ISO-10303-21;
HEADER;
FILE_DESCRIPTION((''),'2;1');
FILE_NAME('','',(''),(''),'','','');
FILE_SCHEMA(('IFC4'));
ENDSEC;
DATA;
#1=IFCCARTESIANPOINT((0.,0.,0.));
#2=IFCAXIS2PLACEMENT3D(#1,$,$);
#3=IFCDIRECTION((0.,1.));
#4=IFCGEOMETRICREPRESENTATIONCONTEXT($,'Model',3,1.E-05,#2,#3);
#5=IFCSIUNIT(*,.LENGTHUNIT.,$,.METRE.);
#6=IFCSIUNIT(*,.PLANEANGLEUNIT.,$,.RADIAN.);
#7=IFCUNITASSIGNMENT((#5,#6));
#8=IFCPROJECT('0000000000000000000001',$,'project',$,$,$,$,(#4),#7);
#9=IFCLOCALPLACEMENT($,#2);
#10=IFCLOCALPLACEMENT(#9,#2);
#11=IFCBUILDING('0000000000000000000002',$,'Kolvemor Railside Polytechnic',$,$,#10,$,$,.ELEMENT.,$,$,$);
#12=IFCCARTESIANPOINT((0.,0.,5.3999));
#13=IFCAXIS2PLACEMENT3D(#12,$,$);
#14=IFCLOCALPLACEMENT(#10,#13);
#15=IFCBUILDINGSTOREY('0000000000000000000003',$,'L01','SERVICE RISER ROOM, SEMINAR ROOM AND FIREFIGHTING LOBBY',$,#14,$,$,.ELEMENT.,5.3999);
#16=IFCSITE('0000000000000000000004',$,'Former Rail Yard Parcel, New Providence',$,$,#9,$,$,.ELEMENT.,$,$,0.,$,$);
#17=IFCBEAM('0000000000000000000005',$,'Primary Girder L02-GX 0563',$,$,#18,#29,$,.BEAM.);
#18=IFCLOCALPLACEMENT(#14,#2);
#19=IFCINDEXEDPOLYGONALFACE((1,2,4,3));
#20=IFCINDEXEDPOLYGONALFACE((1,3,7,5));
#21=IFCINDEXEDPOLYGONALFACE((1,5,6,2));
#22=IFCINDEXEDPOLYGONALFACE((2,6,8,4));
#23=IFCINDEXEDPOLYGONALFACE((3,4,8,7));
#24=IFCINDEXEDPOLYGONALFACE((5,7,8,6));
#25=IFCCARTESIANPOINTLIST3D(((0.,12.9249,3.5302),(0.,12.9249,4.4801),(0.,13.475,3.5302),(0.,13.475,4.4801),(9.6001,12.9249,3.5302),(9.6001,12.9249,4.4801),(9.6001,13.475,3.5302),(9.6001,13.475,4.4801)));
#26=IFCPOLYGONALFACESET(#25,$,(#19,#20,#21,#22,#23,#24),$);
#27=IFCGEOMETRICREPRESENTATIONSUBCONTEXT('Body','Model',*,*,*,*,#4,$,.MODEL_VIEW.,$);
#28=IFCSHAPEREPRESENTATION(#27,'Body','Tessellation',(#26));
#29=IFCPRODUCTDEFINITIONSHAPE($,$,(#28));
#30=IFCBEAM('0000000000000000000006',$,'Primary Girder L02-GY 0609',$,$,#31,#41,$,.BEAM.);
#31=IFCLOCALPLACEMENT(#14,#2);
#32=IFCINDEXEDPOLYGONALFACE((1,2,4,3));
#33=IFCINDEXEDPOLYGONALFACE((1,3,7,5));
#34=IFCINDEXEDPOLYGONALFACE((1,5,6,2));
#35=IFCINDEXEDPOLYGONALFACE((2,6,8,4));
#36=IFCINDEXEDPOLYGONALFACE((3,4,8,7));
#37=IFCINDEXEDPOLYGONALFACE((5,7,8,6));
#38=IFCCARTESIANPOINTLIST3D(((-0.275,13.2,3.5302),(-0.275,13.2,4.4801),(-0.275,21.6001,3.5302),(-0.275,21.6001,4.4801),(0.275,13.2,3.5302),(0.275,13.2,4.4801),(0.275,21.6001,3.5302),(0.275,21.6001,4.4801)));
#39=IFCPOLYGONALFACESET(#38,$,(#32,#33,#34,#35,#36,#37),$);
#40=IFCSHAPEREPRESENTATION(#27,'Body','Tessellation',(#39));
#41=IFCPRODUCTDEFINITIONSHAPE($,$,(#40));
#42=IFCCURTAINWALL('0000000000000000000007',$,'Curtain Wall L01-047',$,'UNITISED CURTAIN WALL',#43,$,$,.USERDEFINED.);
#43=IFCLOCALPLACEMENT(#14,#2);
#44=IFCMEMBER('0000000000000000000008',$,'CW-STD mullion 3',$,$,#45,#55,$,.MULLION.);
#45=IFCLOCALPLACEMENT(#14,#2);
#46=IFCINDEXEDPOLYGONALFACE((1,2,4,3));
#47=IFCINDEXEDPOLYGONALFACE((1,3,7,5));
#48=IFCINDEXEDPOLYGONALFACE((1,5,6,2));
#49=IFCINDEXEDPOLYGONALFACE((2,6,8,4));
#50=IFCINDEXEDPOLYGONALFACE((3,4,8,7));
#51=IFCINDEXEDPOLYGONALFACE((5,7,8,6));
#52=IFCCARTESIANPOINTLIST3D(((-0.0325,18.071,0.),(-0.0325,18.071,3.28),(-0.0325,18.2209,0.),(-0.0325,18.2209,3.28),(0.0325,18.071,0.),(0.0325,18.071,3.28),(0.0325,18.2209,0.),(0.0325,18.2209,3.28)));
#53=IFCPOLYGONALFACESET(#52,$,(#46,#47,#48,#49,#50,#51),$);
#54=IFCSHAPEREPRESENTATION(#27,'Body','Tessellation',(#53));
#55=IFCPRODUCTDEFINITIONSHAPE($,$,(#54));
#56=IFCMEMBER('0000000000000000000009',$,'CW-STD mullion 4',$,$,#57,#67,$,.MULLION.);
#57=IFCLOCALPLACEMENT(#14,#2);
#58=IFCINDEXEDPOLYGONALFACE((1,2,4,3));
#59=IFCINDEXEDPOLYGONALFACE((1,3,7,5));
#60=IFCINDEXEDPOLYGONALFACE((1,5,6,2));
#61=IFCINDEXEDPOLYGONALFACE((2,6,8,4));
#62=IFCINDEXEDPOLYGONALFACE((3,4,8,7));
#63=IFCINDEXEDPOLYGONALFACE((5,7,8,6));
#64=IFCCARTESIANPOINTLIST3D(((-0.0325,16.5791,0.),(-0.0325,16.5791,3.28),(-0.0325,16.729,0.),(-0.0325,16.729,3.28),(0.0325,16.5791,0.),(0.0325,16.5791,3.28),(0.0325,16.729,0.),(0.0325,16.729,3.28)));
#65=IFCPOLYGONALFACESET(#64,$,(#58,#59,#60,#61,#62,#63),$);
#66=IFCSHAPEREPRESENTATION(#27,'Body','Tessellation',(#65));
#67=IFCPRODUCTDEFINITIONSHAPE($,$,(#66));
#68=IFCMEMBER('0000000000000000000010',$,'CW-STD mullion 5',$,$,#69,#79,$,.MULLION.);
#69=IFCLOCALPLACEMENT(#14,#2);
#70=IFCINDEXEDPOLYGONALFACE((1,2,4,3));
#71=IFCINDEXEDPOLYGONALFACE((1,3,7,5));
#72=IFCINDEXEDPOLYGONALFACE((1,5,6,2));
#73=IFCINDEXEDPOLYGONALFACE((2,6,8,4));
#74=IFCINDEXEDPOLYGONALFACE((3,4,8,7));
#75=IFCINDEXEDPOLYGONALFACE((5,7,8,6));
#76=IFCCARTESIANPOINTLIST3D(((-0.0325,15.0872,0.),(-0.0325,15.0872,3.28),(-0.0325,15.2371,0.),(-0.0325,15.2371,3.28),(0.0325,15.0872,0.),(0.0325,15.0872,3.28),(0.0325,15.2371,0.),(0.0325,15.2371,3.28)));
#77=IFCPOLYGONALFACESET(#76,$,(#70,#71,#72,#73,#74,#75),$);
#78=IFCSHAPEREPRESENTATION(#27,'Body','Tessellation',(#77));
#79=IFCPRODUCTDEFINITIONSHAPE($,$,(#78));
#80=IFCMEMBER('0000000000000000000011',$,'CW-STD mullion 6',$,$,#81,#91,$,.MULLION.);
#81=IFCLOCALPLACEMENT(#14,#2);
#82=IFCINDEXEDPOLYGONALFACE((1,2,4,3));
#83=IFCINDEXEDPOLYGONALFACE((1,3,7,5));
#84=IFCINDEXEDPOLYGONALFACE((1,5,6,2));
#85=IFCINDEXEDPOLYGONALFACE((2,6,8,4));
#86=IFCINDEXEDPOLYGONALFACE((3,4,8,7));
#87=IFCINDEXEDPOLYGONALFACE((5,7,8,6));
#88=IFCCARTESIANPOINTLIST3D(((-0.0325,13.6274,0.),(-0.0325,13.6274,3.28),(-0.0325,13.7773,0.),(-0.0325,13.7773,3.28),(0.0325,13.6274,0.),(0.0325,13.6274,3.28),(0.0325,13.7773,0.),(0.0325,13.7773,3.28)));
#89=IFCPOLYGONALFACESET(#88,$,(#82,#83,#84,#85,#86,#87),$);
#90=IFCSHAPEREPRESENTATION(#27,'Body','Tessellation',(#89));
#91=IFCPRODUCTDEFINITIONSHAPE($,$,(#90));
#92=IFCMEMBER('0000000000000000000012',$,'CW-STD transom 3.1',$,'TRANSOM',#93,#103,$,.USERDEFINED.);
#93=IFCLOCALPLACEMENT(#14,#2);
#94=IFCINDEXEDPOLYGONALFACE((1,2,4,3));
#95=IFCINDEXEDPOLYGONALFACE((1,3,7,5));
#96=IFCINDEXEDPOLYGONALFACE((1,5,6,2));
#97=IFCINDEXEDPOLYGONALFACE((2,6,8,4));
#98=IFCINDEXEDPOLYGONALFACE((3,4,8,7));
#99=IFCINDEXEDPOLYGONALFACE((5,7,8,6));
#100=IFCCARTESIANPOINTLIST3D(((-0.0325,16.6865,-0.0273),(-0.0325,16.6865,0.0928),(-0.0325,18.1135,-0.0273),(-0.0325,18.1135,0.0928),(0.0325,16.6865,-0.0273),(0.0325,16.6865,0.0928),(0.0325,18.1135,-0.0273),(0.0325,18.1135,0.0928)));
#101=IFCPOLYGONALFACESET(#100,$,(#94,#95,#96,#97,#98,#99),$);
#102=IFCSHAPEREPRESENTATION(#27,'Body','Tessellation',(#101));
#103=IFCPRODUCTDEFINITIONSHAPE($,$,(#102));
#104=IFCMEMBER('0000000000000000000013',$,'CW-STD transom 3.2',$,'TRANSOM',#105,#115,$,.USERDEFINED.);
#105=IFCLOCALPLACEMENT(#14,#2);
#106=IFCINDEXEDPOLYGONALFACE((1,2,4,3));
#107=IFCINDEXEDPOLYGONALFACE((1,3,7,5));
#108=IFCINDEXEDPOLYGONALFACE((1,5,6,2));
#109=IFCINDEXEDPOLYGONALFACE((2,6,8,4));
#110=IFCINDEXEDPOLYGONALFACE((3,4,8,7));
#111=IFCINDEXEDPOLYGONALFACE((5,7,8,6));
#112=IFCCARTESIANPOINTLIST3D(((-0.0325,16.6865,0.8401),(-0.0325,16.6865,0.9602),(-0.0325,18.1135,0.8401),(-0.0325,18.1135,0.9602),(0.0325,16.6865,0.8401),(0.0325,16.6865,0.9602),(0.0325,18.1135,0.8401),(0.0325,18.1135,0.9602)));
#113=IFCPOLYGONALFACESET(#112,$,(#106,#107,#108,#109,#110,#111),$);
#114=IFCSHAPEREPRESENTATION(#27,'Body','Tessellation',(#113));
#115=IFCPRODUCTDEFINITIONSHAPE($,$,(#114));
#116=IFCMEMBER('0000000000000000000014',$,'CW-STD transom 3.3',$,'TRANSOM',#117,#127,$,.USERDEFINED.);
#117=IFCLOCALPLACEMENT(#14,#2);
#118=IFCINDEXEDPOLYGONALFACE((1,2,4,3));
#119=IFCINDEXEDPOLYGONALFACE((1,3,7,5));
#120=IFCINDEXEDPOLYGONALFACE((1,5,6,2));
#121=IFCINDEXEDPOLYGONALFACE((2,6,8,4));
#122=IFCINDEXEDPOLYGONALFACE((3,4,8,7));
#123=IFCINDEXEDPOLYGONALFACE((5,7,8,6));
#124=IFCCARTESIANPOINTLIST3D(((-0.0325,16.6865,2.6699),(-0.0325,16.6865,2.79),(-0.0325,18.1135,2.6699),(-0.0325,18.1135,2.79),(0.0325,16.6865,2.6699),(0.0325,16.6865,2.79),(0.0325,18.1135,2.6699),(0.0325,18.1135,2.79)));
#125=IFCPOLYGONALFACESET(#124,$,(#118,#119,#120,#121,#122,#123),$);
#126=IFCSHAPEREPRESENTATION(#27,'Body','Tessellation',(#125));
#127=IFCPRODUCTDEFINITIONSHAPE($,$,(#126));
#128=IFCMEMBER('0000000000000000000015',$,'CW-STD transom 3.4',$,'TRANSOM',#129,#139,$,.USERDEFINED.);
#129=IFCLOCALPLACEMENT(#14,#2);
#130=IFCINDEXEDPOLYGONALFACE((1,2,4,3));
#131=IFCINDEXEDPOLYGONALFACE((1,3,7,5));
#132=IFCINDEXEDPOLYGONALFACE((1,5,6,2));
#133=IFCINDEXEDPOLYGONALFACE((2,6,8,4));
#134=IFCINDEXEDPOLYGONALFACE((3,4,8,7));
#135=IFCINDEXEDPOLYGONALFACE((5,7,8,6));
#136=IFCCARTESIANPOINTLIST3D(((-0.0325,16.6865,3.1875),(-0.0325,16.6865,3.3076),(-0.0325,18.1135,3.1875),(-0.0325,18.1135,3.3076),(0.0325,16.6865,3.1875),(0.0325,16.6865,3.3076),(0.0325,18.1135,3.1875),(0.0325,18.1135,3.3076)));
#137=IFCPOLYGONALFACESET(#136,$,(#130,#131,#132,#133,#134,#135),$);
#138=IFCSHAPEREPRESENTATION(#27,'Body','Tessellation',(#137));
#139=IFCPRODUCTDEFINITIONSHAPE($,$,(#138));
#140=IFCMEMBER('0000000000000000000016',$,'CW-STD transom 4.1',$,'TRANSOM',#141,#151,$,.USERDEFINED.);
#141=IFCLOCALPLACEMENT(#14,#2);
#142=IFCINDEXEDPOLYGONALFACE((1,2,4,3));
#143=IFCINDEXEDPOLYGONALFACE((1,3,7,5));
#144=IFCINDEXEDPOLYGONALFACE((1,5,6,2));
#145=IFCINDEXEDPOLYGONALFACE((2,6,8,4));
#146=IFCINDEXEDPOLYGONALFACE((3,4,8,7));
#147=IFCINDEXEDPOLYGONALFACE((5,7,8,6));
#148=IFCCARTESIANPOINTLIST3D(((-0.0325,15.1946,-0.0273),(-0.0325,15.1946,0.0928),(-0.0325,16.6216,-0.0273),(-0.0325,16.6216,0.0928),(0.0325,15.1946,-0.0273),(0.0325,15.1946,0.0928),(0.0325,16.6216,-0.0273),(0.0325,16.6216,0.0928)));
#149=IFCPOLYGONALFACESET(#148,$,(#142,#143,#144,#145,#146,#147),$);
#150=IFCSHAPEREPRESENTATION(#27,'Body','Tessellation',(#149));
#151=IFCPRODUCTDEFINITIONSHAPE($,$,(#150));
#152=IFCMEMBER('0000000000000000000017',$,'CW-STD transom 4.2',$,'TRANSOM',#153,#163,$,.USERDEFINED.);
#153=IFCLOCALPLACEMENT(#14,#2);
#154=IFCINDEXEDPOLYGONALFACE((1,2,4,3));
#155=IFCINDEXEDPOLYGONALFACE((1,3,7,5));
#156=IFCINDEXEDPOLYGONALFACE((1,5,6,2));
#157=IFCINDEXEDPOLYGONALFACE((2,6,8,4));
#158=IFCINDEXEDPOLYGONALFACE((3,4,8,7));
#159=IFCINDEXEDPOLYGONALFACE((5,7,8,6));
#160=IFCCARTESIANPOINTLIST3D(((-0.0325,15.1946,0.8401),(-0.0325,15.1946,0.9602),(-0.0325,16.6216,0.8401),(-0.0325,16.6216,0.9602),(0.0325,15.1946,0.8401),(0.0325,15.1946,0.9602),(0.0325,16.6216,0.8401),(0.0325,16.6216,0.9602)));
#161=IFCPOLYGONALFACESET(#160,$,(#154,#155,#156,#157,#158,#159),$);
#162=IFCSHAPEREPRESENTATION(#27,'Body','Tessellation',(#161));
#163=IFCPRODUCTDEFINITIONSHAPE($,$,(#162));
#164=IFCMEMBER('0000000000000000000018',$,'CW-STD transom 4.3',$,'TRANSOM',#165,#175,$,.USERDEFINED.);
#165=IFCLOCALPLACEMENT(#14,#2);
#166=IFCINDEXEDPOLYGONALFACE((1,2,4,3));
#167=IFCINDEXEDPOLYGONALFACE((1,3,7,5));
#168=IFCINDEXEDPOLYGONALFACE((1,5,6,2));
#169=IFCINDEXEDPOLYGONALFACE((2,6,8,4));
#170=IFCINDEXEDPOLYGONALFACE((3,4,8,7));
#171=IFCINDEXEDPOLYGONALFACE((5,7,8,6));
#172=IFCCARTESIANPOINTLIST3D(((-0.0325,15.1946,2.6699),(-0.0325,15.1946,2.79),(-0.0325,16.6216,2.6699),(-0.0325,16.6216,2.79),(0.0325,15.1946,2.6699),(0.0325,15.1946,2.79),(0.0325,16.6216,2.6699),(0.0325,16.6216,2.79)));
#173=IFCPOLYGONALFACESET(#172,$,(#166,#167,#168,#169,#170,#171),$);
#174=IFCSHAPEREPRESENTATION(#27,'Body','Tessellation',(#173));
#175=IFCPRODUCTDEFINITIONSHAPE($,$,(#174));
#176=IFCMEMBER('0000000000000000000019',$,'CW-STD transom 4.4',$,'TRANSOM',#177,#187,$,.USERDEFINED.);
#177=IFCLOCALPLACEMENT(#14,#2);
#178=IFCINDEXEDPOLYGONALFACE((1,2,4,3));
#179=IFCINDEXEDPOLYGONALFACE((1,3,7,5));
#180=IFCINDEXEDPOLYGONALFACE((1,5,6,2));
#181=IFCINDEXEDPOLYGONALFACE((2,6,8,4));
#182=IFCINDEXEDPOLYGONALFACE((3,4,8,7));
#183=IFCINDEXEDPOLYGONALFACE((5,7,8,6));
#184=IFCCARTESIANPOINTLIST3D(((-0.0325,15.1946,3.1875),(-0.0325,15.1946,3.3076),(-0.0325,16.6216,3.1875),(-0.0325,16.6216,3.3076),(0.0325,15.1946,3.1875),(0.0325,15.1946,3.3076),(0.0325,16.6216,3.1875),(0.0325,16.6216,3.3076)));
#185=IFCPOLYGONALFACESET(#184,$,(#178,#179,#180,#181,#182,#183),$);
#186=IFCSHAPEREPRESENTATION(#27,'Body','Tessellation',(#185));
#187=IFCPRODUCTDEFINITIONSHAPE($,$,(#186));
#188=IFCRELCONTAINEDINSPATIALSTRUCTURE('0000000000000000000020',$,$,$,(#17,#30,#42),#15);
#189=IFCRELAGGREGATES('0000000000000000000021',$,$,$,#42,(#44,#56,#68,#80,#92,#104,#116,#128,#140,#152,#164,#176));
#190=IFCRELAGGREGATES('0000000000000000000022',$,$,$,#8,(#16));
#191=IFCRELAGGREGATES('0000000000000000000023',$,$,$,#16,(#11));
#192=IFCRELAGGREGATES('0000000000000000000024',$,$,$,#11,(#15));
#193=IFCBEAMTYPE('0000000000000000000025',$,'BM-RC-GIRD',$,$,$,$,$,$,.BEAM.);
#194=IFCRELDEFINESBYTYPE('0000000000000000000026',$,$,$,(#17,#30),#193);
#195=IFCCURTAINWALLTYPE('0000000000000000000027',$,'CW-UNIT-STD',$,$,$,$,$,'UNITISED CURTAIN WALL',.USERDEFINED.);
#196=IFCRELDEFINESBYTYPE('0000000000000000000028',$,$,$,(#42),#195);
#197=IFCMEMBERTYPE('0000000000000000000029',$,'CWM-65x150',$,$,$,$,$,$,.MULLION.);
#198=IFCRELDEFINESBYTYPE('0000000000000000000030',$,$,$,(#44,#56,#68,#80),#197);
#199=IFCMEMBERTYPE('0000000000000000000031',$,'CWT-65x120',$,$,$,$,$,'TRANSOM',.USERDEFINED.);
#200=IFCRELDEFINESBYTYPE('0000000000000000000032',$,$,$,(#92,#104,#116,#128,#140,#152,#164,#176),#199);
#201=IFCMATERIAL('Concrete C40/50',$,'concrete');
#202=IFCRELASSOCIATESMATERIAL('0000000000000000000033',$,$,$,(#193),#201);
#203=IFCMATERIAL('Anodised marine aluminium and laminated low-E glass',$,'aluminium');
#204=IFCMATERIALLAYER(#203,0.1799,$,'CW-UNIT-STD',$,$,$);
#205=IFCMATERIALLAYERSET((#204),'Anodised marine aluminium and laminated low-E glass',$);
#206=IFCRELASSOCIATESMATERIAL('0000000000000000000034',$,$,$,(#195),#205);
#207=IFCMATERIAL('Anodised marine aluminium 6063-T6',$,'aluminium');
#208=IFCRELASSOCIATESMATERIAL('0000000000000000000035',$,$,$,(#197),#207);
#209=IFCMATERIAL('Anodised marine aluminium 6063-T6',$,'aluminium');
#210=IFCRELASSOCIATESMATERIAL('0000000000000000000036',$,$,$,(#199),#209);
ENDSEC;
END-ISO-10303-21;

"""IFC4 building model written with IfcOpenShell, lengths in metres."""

from ifc_helpers import new_model, si_unit, direction, frame, origin, origin_2d, place, context, subcontext, project, spatial, rectangle, extrude, material, layer, layer_set, material_profile, profile_set, type_object, element, aggregate, save


model = new_model("IFC4")

# Units and contexts
model_context = context("Model", 3, precision=1e-05, world=origin(), true_north=direction((0.0, 1.0)))
body_context = subcontext(model_context, "Body", "Model", "MODEL_VIEW")
ifc_project = project(units=[si_unit("LENGTHUNIT", "METRE"), si_unit("PLANEANGLEUNIT", "RADIAN")], contexts=[model_context])

# Site, building, storey
site_placement = place(None, origin())
site = spatial("IfcSite", under=ifc_project, at=site_placement, Name="Former Rail Yard Parcel, New Providence", CompositionType="ELEMENT", RefElevation=0.0)
building_placement = place(site_placement, origin())
building = spatial("IfcBuilding", under=site, at=building_placement, Name="Kolvemor Railside Polytechnic", CompositionType="ELEMENT")
storey_placement = place(building_placement, frame((0.0, 0.0, 5.3999)))
storey = spatial("IfcBuildingStorey", under=building, at=storey_placement, Name="L01", Description="SERVICE RISER ROOM, SEMINAR ROOM AND FIREFIGHTING LOBBY", CompositionType="ELEMENT", Elevation=5.3999)

# Beams
ifc_material_1 = material(Name="Concrete C40/50", Category="concrete")
ifc_material_profile_1 = material_profile(ifc_material_1, rectangle(XDim=0.55, YDim=0.95, at=origin_2d()), Name="RC550x950")
ifc_profile_set_1 = profile_set([ifc_material_profile_1], Name="Concrete C40/50")
beam_type = type_object("IfcBeamType", Name="BM-RC-GIRD", PredefinedType="BEAM", material=ifc_profile_set_1)
beam_1_placement = place(storey_placement, frame((0.0, 13.2, 4.0051), z_axis=(1.0, 0.0, 0.0), x_axis=(0.0, 1.0, 0.0)))
element("IfcBeam", 1, at=beam_1_placement, inside=storey, type_object=beam_type, Name="Primary Girder L02-GX 0563", PredefinedType="BEAM", context=body_context, shape_type="SweptSolid", body=[
    extrude(rectangle(XDim=0.55, YDim=0.95, at=origin_2d()), origin(), (0.0, 0.0, 1.0), 9.6001),
])
beam_2_placement = place(storey_placement, frame((0.0, 13.2, 4.0051), z_axis=(0.0, 1.0, 0.0), x_axis=(-1.0, 0.0, 0.0)))
element("IfcBeam", 2, at=beam_2_placement, inside=storey, type_object=beam_type, Name="Primary Girder L02-GY 0609", PredefinedType="BEAM", context=body_context, shape_type="SweptSolid", body=[
    extrude(rectangle(XDim=0.55, YDim=0.95, at=origin_2d()), origin(), (0.0, 0.0, 1.0), 8.4001),
])

# Curtain wall, members
ifc_material_2 = material(Name="Anodised marine aluminium and laminated low-E glass", Category="aluminium")
ifc_layer_1 = layer(ifc_material_2, 0.1799, Name="CW-UNIT-STD")
ifc_layer_set_1 = layer_set([ifc_layer_1], Name="Anodised marine aluminium and laminated low-E glass")
curtain_wall_type = type_object("IfcCurtainWallType", Name="CW-UNIT-STD", ElementType="UNITISED CURTAIN WALL", PredefinedType="USERDEFINED", material=ifc_layer_set_1)
curtain_wall_placement = place(storey_placement, origin())
curtain_wall = element("IfcCurtainWall", 3, at=curtain_wall_placement, inside=storey, type_object=curtain_wall_type, Name="Curtain Wall L01-047", ObjectType="UNITISED CURTAIN WALL", PredefinedType="USERDEFINED")
ifc_material_3 = material(Name="Anodised marine aluminium 6063-T6", Category="aluminium")
ifc_material_profile_2 = material_profile(ifc_material_3, rectangle(XDim=0.0649, YDim=0.1499, at=origin_2d()), Name="CW-MUL-65x150")
ifc_profile_set_2 = profile_set([ifc_material_profile_2], Name="Anodised marine aluminium 6063-T6")
member_type_1 = type_object("IfcMemberType", Name="CWM-65x150", PredefinedType="MULLION", material=ifc_profile_set_2)
member_1_placement = place(storey_placement, frame((0.0, 18.146, 0.0), z_axis=(0.0, 0.0, 1.0), x_axis=(1.0, 0.0, 0.0)))
member_1 = element("IfcMember", 4, at=member_1_placement, type_object=member_type_1, Name="CW-STD mullion 3", PredefinedType="MULLION", context=body_context, shape_type="SweptSolid", body=[
    extrude(rectangle(XDim=0.0649, YDim=0.1499, at=origin_2d()), origin(), (0.0, 0.0, 1.0), 3.28),
])
member_2_placement = place(storey_placement, frame((0.0, 16.6541, 0.0), z_axis=(0.0, 0.0, 1.0), x_axis=(1.0, 0.0, 0.0)))
member_2 = element("IfcMember", 5, at=member_2_placement, type_object=member_type_1, Name="CW-STD mullion 4", PredefinedType="MULLION", context=body_context, shape_type="SweptSolid", body=[
    extrude(rectangle(XDim=0.0649, YDim=0.1499, at=origin_2d()), origin(), (0.0, 0.0, 1.0), 3.28),
])
member_3_placement = place(storey_placement, frame((0.0, 15.1621, 0.0), z_axis=(0.0, 0.0, 1.0), x_axis=(1.0, 0.0, 0.0)))
member_3 = element("IfcMember", 6, at=member_3_placement, type_object=member_type_1, Name="CW-STD mullion 5", PredefinedType="MULLION", context=body_context, shape_type="SweptSolid", body=[
    extrude(rectangle(XDim=0.0649, YDim=0.1499, at=origin_2d()), origin(), (0.0, 0.0, 1.0), 3.28),
])
member_4_placement = place(storey_placement, frame((0.0, 13.7024, 0.0), z_axis=(0.0, 0.0, 1.0), x_axis=(1.0, 0.0, 0.0)))
member_4 = element("IfcMember", 7, at=member_4_placement, type_object=member_type_1, Name="CW-STD mullion 6", PredefinedType="MULLION", context=body_context, shape_type="SweptSolid", body=[
    extrude(rectangle(XDim=0.0649, YDim=0.1499, at=origin_2d()), origin(), (0.0, 0.0, 1.0), 3.28),
])
ifc_material_4 = material(Name="Anodised marine aluminium 6063-T6", Category="aluminium")
ifc_material_profile_3 = material_profile(ifc_material_4, rectangle(XDim=0.0649, YDim=0.1201, at=origin_2d()), Name="CW-TRN-65x120")
ifc_profile_set_3 = profile_set([ifc_material_profile_3], Name="Anodised marine aluminium 6063-T6")
member_type_2 = type_object("IfcMemberType", Name="CWT-65x120", ElementType="TRANSOM", PredefinedType="USERDEFINED", material=ifc_profile_set_3)
member_5_placement = place(storey_placement, frame((0.0, 18.1135, 0.0327), z_axis=(0.0, -1.0, 0.0), x_axis=(1.0, 0.0, 0.0)))
member_5 = element("IfcMember", 8, at=member_5_placement, type_object=member_type_2, Name="CW-STD transom 3.1", ObjectType="TRANSOM", PredefinedType="USERDEFINED", context=body_context, shape_type="SweptSolid", body=[
    extrude(rectangle(XDim=0.0649, YDim=0.1201, at=origin_2d()), origin(), (0.0, 0.0, 1.0), 1.427),
])
member_6_placement = place(storey_placement, frame((0.0, 18.1135, 0.9001), z_axis=(0.0, -1.0, 0.0), x_axis=(1.0, 0.0, 0.0)))
member_6 = element("IfcMember", 9, at=member_6_placement, type_object=member_type_2, Name="CW-STD transom 3.2", ObjectType="TRANSOM", PredefinedType="USERDEFINED", context=body_context, shape_type="SweptSolid", body=[
    extrude(rectangle(XDim=0.0649, YDim=0.1201, at=origin_2d()), origin(), (0.0, 0.0, 1.0), 1.427),
])
member_7_placement = place(storey_placement, frame((0.0, 18.1135, 2.73), z_axis=(0.0, -1.0, 0.0), x_axis=(1.0, 0.0, 0.0)))
member_7 = element("IfcMember", 10, at=member_7_placement, type_object=member_type_2, Name="CW-STD transom 3.3", ObjectType="TRANSOM", PredefinedType="USERDEFINED", context=body_context, shape_type="SweptSolid", body=[
    extrude(rectangle(XDim=0.0649, YDim=0.1201, at=origin_2d()), origin(), (0.0, 0.0, 1.0), 1.427),
])
member_8_placement = place(storey_placement, frame((0.0, 18.1135, 3.2476), z_axis=(0.0, -1.0, 0.0), x_axis=(1.0, 0.0, 0.0)))
member_8 = element("IfcMember", 11, at=member_8_placement, type_object=member_type_2, Name="CW-STD transom 3.4", ObjectType="TRANSOM", PredefinedType="USERDEFINED", context=body_context, shape_type="SweptSolid", body=[
    extrude(rectangle(XDim=0.0649, YDim=0.1201, at=origin_2d()), origin(), (0.0, 0.0, 1.0), 1.427),
])
member_9_placement = place(storey_placement, frame((0.0, 16.6216, 0.0327), z_axis=(0.0, -1.0, 0.0), x_axis=(1.0, 0.0, 0.0)))
member_9 = element("IfcMember", 12, at=member_9_placement, type_object=member_type_2, Name="CW-STD transom 4.1", ObjectType="TRANSOM", PredefinedType="USERDEFINED", context=body_context, shape_type="SweptSolid", body=[
    extrude(rectangle(XDim=0.0649, YDim=0.1201, at=origin_2d()), origin(), (0.0, 0.0, 1.0), 1.427),
])
member_10_placement = place(storey_placement, frame((0.0, 16.6216, 0.9001), z_axis=(0.0, -1.0, 0.0), x_axis=(1.0, 0.0, 0.0)))
member_10 = element("IfcMember", 13, at=member_10_placement, type_object=member_type_2, Name="CW-STD transom 4.2", ObjectType="TRANSOM", PredefinedType="USERDEFINED", context=body_context, shape_type="SweptSolid", body=[
    extrude(rectangle(XDim=0.0649, YDim=0.1201, at=origin_2d()), origin(), (0.0, 0.0, 1.0), 1.427),
])
member_11_placement = place(storey_placement, frame((0.0, 16.6216, 2.73), z_axis=(0.0, -1.0, 0.0), x_axis=(1.0, 0.0, 0.0)))
member_11 = element("IfcMember", 14, at=member_11_placement, type_object=member_type_2, Name="CW-STD transom 4.3", ObjectType="TRANSOM", PredefinedType="USERDEFINED", context=body_context, shape_type="SweptSolid", body=[
    extrude(rectangle(XDim=0.0649, YDim=0.1201, at=origin_2d()), origin(), (0.0, 0.0, 1.0), 1.427),
])
member_12_placement = place(storey_placement, frame((0.0, 16.6216, 3.2476), z_axis=(0.0, -1.0, 0.0), x_axis=(1.0, 0.0, 0.0)))
member_12 = element("IfcMember", 15, at=member_12_placement, type_object=member_type_2, Name="CW-STD transom 4.4", ObjectType="TRANSOM", PredefinedType="USERDEFINED", context=body_context, shape_type="SweptSolid", body=[
    extrude(rectangle(XDim=0.0649, YDim=0.1201, at=origin_2d()), origin(), (0.0, 0.0, 1.0), 1.427),
])
aggregate(curtain_wall, [member_1, member_2, member_3, member_4, member_5, member_6, member_7, member_8, member_9, member_10, member_11, member_12])

save(model, "model.ifc")
